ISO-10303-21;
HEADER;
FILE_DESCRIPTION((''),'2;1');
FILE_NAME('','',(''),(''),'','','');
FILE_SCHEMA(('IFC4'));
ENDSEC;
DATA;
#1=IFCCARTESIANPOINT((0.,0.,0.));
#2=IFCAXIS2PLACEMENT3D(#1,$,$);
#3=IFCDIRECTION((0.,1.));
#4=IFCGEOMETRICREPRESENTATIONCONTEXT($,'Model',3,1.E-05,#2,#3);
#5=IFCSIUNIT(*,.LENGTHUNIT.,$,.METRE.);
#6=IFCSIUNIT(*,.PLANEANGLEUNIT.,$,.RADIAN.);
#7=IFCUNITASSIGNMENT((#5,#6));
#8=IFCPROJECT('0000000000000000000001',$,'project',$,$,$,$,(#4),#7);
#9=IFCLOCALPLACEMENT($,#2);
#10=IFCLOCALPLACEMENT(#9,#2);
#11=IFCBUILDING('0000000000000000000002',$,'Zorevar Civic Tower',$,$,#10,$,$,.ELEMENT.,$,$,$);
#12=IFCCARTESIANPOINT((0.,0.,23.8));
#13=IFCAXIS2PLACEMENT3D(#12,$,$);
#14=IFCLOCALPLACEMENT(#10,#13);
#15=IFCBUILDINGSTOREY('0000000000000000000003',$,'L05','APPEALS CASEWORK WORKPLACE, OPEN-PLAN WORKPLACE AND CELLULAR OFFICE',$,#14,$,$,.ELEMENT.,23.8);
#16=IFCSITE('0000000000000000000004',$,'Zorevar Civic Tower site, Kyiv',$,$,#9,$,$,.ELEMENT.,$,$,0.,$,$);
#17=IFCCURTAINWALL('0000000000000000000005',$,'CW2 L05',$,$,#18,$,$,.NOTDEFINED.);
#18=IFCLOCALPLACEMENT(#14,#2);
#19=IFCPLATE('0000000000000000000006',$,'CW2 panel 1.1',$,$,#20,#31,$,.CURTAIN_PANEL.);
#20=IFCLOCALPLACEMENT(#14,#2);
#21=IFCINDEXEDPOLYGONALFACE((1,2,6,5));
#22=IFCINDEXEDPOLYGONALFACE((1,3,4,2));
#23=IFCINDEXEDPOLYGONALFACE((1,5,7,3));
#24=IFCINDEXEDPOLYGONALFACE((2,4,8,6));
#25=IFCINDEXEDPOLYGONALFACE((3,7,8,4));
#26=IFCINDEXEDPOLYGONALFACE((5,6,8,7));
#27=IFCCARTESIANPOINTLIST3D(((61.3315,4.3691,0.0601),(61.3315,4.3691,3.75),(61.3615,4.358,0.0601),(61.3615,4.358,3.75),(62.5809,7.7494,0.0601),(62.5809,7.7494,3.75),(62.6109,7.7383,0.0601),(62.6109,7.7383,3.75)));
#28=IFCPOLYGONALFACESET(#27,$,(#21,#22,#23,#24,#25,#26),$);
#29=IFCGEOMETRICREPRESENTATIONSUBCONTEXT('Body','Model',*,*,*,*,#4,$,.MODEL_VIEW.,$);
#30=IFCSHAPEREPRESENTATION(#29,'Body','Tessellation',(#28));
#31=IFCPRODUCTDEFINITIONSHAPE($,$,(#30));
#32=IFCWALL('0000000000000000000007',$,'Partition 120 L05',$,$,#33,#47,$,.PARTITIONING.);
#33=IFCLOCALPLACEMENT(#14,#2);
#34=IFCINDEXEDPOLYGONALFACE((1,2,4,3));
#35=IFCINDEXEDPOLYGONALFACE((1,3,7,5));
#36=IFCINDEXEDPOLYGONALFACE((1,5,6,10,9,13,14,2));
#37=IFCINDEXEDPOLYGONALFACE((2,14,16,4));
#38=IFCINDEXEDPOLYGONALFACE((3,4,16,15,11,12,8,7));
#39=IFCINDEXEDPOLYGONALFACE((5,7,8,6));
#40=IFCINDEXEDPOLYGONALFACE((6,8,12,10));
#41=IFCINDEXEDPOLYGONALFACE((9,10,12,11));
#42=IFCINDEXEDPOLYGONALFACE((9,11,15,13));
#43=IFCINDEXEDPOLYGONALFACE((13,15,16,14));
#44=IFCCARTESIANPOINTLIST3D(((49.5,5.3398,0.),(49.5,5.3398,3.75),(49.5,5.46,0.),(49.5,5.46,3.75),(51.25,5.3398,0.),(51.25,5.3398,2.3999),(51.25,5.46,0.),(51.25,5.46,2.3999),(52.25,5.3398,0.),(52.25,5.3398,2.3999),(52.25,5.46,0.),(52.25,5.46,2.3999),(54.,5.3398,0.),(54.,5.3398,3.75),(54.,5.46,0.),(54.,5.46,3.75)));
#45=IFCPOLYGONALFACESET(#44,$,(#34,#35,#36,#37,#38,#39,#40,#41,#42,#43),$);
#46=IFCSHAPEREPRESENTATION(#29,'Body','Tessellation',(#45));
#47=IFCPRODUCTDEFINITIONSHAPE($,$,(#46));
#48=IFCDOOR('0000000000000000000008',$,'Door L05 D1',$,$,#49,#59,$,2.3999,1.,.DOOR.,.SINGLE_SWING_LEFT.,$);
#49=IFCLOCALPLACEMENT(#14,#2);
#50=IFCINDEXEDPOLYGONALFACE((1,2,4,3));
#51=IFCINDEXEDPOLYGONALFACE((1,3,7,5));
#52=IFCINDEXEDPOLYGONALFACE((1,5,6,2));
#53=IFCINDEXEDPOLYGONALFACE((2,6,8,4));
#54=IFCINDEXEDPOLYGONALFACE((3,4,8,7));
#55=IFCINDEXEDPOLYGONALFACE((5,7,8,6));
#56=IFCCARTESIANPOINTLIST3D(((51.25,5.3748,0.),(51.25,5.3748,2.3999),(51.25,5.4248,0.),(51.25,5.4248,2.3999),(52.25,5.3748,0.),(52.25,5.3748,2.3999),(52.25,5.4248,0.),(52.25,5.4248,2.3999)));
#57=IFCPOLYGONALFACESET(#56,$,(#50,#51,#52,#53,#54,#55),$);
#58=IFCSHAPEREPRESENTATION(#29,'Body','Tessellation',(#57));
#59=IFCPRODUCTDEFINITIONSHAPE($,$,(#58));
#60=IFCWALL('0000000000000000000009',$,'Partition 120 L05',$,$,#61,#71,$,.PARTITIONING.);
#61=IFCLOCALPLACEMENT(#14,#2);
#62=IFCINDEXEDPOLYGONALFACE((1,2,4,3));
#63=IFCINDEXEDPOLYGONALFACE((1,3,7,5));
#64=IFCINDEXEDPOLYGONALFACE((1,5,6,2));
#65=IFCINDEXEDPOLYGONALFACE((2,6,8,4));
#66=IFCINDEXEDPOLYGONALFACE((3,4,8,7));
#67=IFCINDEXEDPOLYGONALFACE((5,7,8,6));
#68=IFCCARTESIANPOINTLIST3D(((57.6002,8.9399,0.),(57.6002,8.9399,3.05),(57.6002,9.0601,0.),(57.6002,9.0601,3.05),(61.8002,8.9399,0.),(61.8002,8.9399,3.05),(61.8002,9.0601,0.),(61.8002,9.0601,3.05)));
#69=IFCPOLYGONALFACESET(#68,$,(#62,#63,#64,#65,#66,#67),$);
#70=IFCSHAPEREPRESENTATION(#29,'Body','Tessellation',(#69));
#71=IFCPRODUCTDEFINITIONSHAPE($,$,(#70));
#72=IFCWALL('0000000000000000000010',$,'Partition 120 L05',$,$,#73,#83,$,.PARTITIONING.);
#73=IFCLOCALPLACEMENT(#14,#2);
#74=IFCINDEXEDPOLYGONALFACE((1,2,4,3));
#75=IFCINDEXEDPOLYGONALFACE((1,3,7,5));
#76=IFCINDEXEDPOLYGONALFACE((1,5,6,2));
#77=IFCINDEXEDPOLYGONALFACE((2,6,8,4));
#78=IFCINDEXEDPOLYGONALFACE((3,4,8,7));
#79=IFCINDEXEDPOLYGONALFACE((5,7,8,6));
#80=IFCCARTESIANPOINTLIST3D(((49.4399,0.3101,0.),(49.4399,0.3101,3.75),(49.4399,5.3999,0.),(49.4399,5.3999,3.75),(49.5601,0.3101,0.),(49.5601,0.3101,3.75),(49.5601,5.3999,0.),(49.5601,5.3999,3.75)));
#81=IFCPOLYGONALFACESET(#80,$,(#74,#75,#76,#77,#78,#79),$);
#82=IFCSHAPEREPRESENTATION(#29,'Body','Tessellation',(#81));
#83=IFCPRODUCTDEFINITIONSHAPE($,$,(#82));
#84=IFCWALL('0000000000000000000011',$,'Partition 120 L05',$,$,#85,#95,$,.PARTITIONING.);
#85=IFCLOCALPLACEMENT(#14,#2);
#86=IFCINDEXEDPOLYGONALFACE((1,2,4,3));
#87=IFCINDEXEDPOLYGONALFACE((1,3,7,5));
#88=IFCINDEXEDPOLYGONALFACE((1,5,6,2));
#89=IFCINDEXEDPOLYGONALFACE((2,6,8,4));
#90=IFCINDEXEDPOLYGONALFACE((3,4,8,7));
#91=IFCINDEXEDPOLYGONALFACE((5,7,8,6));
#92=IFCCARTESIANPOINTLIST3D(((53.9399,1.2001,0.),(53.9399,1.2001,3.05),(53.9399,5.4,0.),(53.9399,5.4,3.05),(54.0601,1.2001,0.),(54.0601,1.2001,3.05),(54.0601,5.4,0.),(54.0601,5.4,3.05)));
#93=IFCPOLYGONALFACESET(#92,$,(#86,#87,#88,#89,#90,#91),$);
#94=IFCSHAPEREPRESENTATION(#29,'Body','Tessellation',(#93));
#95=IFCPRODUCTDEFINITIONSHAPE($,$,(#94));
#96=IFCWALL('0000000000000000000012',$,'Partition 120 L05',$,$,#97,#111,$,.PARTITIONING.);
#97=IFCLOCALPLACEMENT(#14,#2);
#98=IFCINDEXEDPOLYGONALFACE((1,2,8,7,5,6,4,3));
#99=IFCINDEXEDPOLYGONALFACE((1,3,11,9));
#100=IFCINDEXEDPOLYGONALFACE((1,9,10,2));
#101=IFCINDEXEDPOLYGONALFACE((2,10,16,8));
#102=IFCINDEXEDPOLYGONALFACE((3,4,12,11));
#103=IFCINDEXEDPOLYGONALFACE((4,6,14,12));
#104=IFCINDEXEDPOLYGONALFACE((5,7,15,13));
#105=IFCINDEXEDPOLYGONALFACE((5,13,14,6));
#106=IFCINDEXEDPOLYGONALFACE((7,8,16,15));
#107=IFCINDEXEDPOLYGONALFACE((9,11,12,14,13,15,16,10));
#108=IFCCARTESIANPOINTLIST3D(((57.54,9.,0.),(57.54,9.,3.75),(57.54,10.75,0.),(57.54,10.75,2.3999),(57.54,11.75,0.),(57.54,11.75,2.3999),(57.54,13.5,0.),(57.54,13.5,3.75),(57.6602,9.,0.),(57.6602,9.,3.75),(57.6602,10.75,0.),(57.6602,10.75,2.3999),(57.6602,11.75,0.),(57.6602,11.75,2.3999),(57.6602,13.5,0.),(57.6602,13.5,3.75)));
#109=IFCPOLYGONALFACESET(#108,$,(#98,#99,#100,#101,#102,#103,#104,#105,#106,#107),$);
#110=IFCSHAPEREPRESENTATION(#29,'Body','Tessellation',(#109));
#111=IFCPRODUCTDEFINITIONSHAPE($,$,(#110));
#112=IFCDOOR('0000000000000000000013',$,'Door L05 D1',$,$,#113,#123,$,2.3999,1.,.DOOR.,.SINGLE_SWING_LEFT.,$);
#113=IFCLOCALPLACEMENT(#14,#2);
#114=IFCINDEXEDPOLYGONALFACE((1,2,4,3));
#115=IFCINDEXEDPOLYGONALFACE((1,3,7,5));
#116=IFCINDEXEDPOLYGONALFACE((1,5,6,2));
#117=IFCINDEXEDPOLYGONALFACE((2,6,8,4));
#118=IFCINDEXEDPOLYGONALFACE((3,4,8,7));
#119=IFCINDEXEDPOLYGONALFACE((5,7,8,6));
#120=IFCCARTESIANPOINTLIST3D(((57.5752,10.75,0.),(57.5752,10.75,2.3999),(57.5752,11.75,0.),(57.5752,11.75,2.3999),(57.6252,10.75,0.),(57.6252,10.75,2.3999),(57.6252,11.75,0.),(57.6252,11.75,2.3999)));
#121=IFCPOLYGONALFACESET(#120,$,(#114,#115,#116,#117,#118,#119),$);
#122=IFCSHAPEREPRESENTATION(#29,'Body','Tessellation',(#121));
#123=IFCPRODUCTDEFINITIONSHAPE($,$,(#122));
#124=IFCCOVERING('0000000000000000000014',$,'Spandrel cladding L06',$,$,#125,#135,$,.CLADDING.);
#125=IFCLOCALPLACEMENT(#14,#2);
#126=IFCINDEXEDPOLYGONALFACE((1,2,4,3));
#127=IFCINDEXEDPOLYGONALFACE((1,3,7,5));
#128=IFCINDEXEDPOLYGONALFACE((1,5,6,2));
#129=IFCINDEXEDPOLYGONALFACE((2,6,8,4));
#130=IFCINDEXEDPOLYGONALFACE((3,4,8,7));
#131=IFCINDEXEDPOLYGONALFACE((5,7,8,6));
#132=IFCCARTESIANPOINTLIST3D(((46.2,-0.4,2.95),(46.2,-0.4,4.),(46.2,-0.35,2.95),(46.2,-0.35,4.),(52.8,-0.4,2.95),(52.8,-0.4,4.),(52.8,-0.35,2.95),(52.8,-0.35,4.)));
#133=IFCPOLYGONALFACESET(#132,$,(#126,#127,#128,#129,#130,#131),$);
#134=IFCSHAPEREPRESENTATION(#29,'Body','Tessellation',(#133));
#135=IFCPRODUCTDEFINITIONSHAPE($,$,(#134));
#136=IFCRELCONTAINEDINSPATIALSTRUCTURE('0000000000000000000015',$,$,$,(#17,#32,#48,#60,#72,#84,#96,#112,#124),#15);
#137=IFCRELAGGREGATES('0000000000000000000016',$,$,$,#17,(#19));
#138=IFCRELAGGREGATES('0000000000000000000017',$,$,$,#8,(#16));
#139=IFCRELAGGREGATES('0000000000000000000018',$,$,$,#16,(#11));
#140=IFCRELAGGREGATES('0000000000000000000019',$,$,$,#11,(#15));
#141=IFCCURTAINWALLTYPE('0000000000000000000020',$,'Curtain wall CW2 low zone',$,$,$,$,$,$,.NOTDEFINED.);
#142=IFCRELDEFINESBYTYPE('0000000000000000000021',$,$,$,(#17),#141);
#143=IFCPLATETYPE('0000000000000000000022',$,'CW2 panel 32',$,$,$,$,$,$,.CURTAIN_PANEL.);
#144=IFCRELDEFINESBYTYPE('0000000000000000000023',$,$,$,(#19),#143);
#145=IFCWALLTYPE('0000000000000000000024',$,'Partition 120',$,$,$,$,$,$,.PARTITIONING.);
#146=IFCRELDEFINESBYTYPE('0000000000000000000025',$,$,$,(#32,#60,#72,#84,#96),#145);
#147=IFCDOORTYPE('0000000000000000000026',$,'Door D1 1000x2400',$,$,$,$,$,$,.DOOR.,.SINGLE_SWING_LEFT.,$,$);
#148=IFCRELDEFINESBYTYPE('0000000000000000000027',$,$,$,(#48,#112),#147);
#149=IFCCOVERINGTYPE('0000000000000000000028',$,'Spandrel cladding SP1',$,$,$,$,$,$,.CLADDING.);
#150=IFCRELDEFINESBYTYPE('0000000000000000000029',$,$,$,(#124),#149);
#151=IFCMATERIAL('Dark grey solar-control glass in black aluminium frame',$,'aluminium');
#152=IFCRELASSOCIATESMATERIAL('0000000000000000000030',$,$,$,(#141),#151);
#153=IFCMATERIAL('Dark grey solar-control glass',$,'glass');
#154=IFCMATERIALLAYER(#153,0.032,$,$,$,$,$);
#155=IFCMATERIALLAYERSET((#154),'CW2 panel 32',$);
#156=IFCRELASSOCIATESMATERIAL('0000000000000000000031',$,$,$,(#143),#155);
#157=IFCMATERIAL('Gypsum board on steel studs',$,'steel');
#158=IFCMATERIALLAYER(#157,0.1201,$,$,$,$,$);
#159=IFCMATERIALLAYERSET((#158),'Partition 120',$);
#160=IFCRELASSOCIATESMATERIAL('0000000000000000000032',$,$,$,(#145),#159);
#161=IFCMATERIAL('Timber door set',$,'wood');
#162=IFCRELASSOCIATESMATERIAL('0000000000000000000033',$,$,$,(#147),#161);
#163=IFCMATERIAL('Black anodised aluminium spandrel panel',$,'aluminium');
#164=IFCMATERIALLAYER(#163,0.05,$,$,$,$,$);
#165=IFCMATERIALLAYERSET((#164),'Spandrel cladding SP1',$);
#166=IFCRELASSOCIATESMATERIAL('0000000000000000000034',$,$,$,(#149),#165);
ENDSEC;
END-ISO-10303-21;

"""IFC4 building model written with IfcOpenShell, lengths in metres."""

from ifc_helpers import new_model, si_unit, direction, frame, frame_2d, origin, origin_2d, place, context, subcontext, project, spatial, rectangle, extrude, material, layer, layer_set, type_object, element, fill, aggregate, save


model = new_model("IFC4")

# Units and contexts
model_context = context("Model", 3, precision=1e-05, world=origin(), true_north=direction((0.0, 1.0)))
body_context = subcontext(model_context, "Body", "Model", "MODEL_VIEW")
ifc_project = project(units=[si_unit("LENGTHUNIT", "METRE"), si_unit("PLANEANGLEUNIT", "RADIAN")], contexts=[model_context])

# Site, building, storey
site_placement = place(None, origin())
site = spatial("IfcSite", under=ifc_project, at=site_placement, Name="Zorevar Civic Tower site, Kyiv", CompositionType="ELEMENT", RefElevation=0.0)
building_placement = place(site_placement, origin())
building = spatial("IfcBuilding", under=site, at=building_placement, Name="Zorevar Civic Tower", CompositionType="ELEMENT")
storey_placement = place(building_placement, frame((0.0, 0.0, 23.8)))
storey = spatial("IfcBuildingStorey", under=building, at=storey_placement, Name="L05", Description="APPEALS CASEWORK WORKPLACE, OPEN-PLAN WORKPLACE AND CELLULAR OFFICE", CompositionType="ELEMENT", Elevation=23.8)

# Curtain wall
ifc_material_1 = material(Name="Dark grey solar-control glass in black aluminium frame", Category="aluminium")
curtain_wall_type = type_object("IfcCurtainWallType", Name="Curtain wall CW2 low zone", PredefinedType="NOTDEFINED", material=ifc_material_1)
curtain_wall_1_placement = place(storey_placement, origin())
curtain_wall_1 = element("IfcCurtainWall", 1, at=curtain_wall_1_placement, inside=storey, type_object=curtain_wall_type, Name="CW2 L05", PredefinedType="NOTDEFINED")

# Plate
ifc_material_2 = material(Name="Dark grey solar-control glass", Category="glass")
ifc_layer_1 = layer(ifc_material_2, 0.032)
ifc_layer_set_1 = layer_set([ifc_layer_1], Name="CW2 panel 32")
plate_type = type_object("IfcPlateType", Name="CW2 panel 32", PredefinedType="CURTAIN_PANEL", material=ifc_layer_set_1)
plate_1_placement = place(storey_placement, frame((61.9712, 6.0537, 0.0601), z_axis=(0.0, 0.0, 1.0), x_axis=(0.346704, 0.937975, 0.0)))
plate_1 = element("IfcPlate", 2, at=plate_1_placement, type_object=plate_type, Name="CW2 panel 1.1", PredefinedType="CURTAIN_PANEL", context=body_context, shape_type="SweptSolid", body=[
    extrude(rectangle(XDim=3.6038, YDim=0.032, at=origin_2d()), origin(), (0.0, 0.0, 1.0), 3.6899),
])
aggregate(curtain_wall_1, [plate_1])

# Wall, opening, door
ifc_material_3 = material(Name="Gypsum board on steel studs", Category="steel")
ifc_layer_2 = layer(ifc_material_3, 0.1201)
ifc_layer_set_2 = layer_set([ifc_layer_2], Name="Partition 120")
wall_type = type_object("IfcWallType", Name="Partition 120", PredefinedType="PARTITIONING", material=ifc_layer_set_2)
wall_1_placement = place(storey_placement, frame((49.5, 5.3999, 0.0), z_axis=(0.0, 0.0, 1.0), x_axis=(1.0, 0.0, 0.0)))
wall_1 = element("IfcWall", 3, at=wall_1_placement, inside=storey, type_object=wall_type, Name="Partition 120 L05", PredefinedType="PARTITIONING", context=body_context, shape_type="SweptSolid", body=[
    extrude(rectangle(XDim=4.5, YDim=0.1201, at=frame_2d((2.25, 0.0))), origin(), (0.0, 0.0, 1.0), 3.75),
])
opening_1_placement = place(wall_1_placement, frame((1.75, 0.0, 0.0)))
opening_1 = element("IfcOpeningElement", 4, at=opening_1_placement, cuts=wall_1, PredefinedType="OPENING", context=body_context, shape_type="SweptSolid", body=[
    extrude(rectangle(XDim=1.0, YDim=2.3999, at=frame_2d((0.5, 1.2))), frame((0.0, 0.0701, 0.0), z_axis=(0.0, -1.0, 0.0), x_axis=(1.0, 0.0, 0.0)), (0.0, 0.0, 1.0), 0.1401),
])
ifc_material_4 = material(Name="Timber door set", Category="wood")
door_type = type_object("IfcDoorType", Name="Door D1 1000x2400", OperationType="SINGLE_SWING_LEFT", PredefinedType="DOOR", material=ifc_material_4)
door_1_placement = place(opening_1_placement, origin())
door_1 = element("IfcDoor", 5, at=door_1_placement, inside=storey, type_object=door_type, Name="Door L05 D1", OperationType="SINGLE_SWING_LEFT", OverallHeight=2.3999, OverallWidth=1.0, PredefinedType="DOOR", context=body_context, shape_type="SweptSolid", body=[
    extrude(rectangle(XDim=1.0, YDim=2.3999, at=frame_2d((0.5, 1.2))), frame((0.0, 0.0249, 0.0), z_axis=(0.0, -1.0, 0.0), x_axis=(1.0, 0.0, 0.0)), (0.0, 0.0, 1.0), 0.05),
])
fill(opening_1, door_1)

# Walls
wall_2_placement = place(storey_placement, frame((57.6001, 9.0, 0.0), z_axis=(0.0, 0.0, 1.0), x_axis=(1.0, 0.0, 0.0)))
element("IfcWall", 6, at=wall_2_placement, inside=storey, type_object=wall_type, Name="Partition 120 L05", PredefinedType="PARTITIONING", context=body_context, shape_type="SweptSolid", body=[
    extrude(rectangle(XDim=4.2, YDim=0.1201, at=frame_2d((2.1001, 0.0))), origin(), (0.0, 0.0, 1.0), 3.05),
])
wall_3_placement = place(storey_placement, frame((49.5, 0.3101, 0.0), z_axis=(0.0, 0.0, 1.0), x_axis=(0.0, 1.0, 0.0)))
element("IfcWall", 7, at=wall_3_placement, inside=storey, type_object=wall_type, Name="Partition 120 L05", PredefinedType="PARTITIONING", context=body_context, shape_type="SweptSolid", body=[
    extrude(rectangle(XDim=5.0898, YDim=0.1201, at=frame_2d((2.5449, 0.0))), origin(), (0.0, 0.0, 1.0), 3.75),
])
wall_4_placement = place(storey_placement, frame((54.0, 1.2, 0.0), z_axis=(0.0, 0.0, 1.0), x_axis=(0.0, 1.0, 0.0)))
element("IfcWall", 8, at=wall_4_placement, inside=storey, type_object=wall_type, Name="Partition 120 L05", PredefinedType="PARTITIONING", context=body_context, shape_type="SweptSolid", body=[
    extrude(rectangle(XDim=4.2, YDim=0.1201, at=frame_2d((2.1001, 0.0))), origin(), (0.0, 0.0, 1.0), 3.05),
])

# Wall, opening, door
wall_5_placement = place(storey_placement, frame((57.6001, 9.0, 0.0), z_axis=(0.0, 0.0, 1.0), x_axis=(0.0, 1.0, 0.0)))
wall_5 = element("IfcWall", 9, at=wall_5_placement, inside=storey, type_object=wall_type, Name="Partition 120 L05", PredefinedType="PARTITIONING", context=body_context, shape_type="SweptSolid", body=[
    extrude(rectangle(XDim=4.5, YDim=0.1201, at=frame_2d((2.25, 0.0))), origin(), (0.0, 0.0, 1.0), 3.75),
])
opening_2_placement = place(wall_5_placement, frame((1.75, 0.0, 0.0)))
opening_2 = element("IfcOpeningElement", 10, at=opening_2_placement, cuts=wall_5, PredefinedType="OPENING", context=body_context, shape_type="SweptSolid", body=[
    extrude(rectangle(XDim=1.0, YDim=2.3999, at=frame_2d((0.5, 1.2))), frame((0.0, 0.0701, 0.0), z_axis=(0.0, -1.0, 0.0), x_axis=(1.0, 0.0, 0.0)), (0.0, 0.0, 1.0), 0.1401),
])
door_2_placement = place(opening_2_placement, origin())
door_2 = element("IfcDoor", 11, at=door_2_placement, inside=storey, type_object=door_type, Name="Door L05 D1", OperationType="SINGLE_SWING_LEFT", OverallHeight=2.3999, OverallWidth=1.0, PredefinedType="DOOR", context=body_context, shape_type="SweptSolid", body=[
    extrude(rectangle(XDim=1.0, YDim=2.3999, at=frame_2d((0.5, 1.2))), frame((0.0, 0.0249, 0.0), z_axis=(0.0, -1.0, 0.0), x_axis=(1.0, 0.0, 0.0)), (0.0, 0.0, 1.0), 0.05),
])
fill(opening_2, door_2)

# Covering
ifc_material_5 = material(Name="Black anodised aluminium spandrel panel", Category="aluminium")
ifc_layer_3 = layer(ifc_material_5, 0.05)
ifc_layer_set_3 = layer_set([ifc_layer_3], Name="Spandrel cladding SP1")
covering_type = type_object("IfcCoveringType", Name="Spandrel cladding SP1", PredefinedType="CLADDING", material=ifc_layer_set_3)
covering_placement = place(storey_placement, frame((46.2, -0.375, 2.95), z_axis=(0.0, 0.0, 1.0), x_axis=(1.0, 0.0, 0.0)))
element("IfcCovering", 12, at=covering_placement, inside=storey, type_object=covering_type, Name="Spandrel cladding L06", PredefinedType="CLADDING", context=body_context, shape_type="SweptSolid", body=[
    extrude(rectangle(XDim=6.6001, YDim=0.05, at=frame_2d((3.3, 0.0))), origin(), (0.0, 0.0, 1.0), 1.05),
])

save(model, "model.ifc")
